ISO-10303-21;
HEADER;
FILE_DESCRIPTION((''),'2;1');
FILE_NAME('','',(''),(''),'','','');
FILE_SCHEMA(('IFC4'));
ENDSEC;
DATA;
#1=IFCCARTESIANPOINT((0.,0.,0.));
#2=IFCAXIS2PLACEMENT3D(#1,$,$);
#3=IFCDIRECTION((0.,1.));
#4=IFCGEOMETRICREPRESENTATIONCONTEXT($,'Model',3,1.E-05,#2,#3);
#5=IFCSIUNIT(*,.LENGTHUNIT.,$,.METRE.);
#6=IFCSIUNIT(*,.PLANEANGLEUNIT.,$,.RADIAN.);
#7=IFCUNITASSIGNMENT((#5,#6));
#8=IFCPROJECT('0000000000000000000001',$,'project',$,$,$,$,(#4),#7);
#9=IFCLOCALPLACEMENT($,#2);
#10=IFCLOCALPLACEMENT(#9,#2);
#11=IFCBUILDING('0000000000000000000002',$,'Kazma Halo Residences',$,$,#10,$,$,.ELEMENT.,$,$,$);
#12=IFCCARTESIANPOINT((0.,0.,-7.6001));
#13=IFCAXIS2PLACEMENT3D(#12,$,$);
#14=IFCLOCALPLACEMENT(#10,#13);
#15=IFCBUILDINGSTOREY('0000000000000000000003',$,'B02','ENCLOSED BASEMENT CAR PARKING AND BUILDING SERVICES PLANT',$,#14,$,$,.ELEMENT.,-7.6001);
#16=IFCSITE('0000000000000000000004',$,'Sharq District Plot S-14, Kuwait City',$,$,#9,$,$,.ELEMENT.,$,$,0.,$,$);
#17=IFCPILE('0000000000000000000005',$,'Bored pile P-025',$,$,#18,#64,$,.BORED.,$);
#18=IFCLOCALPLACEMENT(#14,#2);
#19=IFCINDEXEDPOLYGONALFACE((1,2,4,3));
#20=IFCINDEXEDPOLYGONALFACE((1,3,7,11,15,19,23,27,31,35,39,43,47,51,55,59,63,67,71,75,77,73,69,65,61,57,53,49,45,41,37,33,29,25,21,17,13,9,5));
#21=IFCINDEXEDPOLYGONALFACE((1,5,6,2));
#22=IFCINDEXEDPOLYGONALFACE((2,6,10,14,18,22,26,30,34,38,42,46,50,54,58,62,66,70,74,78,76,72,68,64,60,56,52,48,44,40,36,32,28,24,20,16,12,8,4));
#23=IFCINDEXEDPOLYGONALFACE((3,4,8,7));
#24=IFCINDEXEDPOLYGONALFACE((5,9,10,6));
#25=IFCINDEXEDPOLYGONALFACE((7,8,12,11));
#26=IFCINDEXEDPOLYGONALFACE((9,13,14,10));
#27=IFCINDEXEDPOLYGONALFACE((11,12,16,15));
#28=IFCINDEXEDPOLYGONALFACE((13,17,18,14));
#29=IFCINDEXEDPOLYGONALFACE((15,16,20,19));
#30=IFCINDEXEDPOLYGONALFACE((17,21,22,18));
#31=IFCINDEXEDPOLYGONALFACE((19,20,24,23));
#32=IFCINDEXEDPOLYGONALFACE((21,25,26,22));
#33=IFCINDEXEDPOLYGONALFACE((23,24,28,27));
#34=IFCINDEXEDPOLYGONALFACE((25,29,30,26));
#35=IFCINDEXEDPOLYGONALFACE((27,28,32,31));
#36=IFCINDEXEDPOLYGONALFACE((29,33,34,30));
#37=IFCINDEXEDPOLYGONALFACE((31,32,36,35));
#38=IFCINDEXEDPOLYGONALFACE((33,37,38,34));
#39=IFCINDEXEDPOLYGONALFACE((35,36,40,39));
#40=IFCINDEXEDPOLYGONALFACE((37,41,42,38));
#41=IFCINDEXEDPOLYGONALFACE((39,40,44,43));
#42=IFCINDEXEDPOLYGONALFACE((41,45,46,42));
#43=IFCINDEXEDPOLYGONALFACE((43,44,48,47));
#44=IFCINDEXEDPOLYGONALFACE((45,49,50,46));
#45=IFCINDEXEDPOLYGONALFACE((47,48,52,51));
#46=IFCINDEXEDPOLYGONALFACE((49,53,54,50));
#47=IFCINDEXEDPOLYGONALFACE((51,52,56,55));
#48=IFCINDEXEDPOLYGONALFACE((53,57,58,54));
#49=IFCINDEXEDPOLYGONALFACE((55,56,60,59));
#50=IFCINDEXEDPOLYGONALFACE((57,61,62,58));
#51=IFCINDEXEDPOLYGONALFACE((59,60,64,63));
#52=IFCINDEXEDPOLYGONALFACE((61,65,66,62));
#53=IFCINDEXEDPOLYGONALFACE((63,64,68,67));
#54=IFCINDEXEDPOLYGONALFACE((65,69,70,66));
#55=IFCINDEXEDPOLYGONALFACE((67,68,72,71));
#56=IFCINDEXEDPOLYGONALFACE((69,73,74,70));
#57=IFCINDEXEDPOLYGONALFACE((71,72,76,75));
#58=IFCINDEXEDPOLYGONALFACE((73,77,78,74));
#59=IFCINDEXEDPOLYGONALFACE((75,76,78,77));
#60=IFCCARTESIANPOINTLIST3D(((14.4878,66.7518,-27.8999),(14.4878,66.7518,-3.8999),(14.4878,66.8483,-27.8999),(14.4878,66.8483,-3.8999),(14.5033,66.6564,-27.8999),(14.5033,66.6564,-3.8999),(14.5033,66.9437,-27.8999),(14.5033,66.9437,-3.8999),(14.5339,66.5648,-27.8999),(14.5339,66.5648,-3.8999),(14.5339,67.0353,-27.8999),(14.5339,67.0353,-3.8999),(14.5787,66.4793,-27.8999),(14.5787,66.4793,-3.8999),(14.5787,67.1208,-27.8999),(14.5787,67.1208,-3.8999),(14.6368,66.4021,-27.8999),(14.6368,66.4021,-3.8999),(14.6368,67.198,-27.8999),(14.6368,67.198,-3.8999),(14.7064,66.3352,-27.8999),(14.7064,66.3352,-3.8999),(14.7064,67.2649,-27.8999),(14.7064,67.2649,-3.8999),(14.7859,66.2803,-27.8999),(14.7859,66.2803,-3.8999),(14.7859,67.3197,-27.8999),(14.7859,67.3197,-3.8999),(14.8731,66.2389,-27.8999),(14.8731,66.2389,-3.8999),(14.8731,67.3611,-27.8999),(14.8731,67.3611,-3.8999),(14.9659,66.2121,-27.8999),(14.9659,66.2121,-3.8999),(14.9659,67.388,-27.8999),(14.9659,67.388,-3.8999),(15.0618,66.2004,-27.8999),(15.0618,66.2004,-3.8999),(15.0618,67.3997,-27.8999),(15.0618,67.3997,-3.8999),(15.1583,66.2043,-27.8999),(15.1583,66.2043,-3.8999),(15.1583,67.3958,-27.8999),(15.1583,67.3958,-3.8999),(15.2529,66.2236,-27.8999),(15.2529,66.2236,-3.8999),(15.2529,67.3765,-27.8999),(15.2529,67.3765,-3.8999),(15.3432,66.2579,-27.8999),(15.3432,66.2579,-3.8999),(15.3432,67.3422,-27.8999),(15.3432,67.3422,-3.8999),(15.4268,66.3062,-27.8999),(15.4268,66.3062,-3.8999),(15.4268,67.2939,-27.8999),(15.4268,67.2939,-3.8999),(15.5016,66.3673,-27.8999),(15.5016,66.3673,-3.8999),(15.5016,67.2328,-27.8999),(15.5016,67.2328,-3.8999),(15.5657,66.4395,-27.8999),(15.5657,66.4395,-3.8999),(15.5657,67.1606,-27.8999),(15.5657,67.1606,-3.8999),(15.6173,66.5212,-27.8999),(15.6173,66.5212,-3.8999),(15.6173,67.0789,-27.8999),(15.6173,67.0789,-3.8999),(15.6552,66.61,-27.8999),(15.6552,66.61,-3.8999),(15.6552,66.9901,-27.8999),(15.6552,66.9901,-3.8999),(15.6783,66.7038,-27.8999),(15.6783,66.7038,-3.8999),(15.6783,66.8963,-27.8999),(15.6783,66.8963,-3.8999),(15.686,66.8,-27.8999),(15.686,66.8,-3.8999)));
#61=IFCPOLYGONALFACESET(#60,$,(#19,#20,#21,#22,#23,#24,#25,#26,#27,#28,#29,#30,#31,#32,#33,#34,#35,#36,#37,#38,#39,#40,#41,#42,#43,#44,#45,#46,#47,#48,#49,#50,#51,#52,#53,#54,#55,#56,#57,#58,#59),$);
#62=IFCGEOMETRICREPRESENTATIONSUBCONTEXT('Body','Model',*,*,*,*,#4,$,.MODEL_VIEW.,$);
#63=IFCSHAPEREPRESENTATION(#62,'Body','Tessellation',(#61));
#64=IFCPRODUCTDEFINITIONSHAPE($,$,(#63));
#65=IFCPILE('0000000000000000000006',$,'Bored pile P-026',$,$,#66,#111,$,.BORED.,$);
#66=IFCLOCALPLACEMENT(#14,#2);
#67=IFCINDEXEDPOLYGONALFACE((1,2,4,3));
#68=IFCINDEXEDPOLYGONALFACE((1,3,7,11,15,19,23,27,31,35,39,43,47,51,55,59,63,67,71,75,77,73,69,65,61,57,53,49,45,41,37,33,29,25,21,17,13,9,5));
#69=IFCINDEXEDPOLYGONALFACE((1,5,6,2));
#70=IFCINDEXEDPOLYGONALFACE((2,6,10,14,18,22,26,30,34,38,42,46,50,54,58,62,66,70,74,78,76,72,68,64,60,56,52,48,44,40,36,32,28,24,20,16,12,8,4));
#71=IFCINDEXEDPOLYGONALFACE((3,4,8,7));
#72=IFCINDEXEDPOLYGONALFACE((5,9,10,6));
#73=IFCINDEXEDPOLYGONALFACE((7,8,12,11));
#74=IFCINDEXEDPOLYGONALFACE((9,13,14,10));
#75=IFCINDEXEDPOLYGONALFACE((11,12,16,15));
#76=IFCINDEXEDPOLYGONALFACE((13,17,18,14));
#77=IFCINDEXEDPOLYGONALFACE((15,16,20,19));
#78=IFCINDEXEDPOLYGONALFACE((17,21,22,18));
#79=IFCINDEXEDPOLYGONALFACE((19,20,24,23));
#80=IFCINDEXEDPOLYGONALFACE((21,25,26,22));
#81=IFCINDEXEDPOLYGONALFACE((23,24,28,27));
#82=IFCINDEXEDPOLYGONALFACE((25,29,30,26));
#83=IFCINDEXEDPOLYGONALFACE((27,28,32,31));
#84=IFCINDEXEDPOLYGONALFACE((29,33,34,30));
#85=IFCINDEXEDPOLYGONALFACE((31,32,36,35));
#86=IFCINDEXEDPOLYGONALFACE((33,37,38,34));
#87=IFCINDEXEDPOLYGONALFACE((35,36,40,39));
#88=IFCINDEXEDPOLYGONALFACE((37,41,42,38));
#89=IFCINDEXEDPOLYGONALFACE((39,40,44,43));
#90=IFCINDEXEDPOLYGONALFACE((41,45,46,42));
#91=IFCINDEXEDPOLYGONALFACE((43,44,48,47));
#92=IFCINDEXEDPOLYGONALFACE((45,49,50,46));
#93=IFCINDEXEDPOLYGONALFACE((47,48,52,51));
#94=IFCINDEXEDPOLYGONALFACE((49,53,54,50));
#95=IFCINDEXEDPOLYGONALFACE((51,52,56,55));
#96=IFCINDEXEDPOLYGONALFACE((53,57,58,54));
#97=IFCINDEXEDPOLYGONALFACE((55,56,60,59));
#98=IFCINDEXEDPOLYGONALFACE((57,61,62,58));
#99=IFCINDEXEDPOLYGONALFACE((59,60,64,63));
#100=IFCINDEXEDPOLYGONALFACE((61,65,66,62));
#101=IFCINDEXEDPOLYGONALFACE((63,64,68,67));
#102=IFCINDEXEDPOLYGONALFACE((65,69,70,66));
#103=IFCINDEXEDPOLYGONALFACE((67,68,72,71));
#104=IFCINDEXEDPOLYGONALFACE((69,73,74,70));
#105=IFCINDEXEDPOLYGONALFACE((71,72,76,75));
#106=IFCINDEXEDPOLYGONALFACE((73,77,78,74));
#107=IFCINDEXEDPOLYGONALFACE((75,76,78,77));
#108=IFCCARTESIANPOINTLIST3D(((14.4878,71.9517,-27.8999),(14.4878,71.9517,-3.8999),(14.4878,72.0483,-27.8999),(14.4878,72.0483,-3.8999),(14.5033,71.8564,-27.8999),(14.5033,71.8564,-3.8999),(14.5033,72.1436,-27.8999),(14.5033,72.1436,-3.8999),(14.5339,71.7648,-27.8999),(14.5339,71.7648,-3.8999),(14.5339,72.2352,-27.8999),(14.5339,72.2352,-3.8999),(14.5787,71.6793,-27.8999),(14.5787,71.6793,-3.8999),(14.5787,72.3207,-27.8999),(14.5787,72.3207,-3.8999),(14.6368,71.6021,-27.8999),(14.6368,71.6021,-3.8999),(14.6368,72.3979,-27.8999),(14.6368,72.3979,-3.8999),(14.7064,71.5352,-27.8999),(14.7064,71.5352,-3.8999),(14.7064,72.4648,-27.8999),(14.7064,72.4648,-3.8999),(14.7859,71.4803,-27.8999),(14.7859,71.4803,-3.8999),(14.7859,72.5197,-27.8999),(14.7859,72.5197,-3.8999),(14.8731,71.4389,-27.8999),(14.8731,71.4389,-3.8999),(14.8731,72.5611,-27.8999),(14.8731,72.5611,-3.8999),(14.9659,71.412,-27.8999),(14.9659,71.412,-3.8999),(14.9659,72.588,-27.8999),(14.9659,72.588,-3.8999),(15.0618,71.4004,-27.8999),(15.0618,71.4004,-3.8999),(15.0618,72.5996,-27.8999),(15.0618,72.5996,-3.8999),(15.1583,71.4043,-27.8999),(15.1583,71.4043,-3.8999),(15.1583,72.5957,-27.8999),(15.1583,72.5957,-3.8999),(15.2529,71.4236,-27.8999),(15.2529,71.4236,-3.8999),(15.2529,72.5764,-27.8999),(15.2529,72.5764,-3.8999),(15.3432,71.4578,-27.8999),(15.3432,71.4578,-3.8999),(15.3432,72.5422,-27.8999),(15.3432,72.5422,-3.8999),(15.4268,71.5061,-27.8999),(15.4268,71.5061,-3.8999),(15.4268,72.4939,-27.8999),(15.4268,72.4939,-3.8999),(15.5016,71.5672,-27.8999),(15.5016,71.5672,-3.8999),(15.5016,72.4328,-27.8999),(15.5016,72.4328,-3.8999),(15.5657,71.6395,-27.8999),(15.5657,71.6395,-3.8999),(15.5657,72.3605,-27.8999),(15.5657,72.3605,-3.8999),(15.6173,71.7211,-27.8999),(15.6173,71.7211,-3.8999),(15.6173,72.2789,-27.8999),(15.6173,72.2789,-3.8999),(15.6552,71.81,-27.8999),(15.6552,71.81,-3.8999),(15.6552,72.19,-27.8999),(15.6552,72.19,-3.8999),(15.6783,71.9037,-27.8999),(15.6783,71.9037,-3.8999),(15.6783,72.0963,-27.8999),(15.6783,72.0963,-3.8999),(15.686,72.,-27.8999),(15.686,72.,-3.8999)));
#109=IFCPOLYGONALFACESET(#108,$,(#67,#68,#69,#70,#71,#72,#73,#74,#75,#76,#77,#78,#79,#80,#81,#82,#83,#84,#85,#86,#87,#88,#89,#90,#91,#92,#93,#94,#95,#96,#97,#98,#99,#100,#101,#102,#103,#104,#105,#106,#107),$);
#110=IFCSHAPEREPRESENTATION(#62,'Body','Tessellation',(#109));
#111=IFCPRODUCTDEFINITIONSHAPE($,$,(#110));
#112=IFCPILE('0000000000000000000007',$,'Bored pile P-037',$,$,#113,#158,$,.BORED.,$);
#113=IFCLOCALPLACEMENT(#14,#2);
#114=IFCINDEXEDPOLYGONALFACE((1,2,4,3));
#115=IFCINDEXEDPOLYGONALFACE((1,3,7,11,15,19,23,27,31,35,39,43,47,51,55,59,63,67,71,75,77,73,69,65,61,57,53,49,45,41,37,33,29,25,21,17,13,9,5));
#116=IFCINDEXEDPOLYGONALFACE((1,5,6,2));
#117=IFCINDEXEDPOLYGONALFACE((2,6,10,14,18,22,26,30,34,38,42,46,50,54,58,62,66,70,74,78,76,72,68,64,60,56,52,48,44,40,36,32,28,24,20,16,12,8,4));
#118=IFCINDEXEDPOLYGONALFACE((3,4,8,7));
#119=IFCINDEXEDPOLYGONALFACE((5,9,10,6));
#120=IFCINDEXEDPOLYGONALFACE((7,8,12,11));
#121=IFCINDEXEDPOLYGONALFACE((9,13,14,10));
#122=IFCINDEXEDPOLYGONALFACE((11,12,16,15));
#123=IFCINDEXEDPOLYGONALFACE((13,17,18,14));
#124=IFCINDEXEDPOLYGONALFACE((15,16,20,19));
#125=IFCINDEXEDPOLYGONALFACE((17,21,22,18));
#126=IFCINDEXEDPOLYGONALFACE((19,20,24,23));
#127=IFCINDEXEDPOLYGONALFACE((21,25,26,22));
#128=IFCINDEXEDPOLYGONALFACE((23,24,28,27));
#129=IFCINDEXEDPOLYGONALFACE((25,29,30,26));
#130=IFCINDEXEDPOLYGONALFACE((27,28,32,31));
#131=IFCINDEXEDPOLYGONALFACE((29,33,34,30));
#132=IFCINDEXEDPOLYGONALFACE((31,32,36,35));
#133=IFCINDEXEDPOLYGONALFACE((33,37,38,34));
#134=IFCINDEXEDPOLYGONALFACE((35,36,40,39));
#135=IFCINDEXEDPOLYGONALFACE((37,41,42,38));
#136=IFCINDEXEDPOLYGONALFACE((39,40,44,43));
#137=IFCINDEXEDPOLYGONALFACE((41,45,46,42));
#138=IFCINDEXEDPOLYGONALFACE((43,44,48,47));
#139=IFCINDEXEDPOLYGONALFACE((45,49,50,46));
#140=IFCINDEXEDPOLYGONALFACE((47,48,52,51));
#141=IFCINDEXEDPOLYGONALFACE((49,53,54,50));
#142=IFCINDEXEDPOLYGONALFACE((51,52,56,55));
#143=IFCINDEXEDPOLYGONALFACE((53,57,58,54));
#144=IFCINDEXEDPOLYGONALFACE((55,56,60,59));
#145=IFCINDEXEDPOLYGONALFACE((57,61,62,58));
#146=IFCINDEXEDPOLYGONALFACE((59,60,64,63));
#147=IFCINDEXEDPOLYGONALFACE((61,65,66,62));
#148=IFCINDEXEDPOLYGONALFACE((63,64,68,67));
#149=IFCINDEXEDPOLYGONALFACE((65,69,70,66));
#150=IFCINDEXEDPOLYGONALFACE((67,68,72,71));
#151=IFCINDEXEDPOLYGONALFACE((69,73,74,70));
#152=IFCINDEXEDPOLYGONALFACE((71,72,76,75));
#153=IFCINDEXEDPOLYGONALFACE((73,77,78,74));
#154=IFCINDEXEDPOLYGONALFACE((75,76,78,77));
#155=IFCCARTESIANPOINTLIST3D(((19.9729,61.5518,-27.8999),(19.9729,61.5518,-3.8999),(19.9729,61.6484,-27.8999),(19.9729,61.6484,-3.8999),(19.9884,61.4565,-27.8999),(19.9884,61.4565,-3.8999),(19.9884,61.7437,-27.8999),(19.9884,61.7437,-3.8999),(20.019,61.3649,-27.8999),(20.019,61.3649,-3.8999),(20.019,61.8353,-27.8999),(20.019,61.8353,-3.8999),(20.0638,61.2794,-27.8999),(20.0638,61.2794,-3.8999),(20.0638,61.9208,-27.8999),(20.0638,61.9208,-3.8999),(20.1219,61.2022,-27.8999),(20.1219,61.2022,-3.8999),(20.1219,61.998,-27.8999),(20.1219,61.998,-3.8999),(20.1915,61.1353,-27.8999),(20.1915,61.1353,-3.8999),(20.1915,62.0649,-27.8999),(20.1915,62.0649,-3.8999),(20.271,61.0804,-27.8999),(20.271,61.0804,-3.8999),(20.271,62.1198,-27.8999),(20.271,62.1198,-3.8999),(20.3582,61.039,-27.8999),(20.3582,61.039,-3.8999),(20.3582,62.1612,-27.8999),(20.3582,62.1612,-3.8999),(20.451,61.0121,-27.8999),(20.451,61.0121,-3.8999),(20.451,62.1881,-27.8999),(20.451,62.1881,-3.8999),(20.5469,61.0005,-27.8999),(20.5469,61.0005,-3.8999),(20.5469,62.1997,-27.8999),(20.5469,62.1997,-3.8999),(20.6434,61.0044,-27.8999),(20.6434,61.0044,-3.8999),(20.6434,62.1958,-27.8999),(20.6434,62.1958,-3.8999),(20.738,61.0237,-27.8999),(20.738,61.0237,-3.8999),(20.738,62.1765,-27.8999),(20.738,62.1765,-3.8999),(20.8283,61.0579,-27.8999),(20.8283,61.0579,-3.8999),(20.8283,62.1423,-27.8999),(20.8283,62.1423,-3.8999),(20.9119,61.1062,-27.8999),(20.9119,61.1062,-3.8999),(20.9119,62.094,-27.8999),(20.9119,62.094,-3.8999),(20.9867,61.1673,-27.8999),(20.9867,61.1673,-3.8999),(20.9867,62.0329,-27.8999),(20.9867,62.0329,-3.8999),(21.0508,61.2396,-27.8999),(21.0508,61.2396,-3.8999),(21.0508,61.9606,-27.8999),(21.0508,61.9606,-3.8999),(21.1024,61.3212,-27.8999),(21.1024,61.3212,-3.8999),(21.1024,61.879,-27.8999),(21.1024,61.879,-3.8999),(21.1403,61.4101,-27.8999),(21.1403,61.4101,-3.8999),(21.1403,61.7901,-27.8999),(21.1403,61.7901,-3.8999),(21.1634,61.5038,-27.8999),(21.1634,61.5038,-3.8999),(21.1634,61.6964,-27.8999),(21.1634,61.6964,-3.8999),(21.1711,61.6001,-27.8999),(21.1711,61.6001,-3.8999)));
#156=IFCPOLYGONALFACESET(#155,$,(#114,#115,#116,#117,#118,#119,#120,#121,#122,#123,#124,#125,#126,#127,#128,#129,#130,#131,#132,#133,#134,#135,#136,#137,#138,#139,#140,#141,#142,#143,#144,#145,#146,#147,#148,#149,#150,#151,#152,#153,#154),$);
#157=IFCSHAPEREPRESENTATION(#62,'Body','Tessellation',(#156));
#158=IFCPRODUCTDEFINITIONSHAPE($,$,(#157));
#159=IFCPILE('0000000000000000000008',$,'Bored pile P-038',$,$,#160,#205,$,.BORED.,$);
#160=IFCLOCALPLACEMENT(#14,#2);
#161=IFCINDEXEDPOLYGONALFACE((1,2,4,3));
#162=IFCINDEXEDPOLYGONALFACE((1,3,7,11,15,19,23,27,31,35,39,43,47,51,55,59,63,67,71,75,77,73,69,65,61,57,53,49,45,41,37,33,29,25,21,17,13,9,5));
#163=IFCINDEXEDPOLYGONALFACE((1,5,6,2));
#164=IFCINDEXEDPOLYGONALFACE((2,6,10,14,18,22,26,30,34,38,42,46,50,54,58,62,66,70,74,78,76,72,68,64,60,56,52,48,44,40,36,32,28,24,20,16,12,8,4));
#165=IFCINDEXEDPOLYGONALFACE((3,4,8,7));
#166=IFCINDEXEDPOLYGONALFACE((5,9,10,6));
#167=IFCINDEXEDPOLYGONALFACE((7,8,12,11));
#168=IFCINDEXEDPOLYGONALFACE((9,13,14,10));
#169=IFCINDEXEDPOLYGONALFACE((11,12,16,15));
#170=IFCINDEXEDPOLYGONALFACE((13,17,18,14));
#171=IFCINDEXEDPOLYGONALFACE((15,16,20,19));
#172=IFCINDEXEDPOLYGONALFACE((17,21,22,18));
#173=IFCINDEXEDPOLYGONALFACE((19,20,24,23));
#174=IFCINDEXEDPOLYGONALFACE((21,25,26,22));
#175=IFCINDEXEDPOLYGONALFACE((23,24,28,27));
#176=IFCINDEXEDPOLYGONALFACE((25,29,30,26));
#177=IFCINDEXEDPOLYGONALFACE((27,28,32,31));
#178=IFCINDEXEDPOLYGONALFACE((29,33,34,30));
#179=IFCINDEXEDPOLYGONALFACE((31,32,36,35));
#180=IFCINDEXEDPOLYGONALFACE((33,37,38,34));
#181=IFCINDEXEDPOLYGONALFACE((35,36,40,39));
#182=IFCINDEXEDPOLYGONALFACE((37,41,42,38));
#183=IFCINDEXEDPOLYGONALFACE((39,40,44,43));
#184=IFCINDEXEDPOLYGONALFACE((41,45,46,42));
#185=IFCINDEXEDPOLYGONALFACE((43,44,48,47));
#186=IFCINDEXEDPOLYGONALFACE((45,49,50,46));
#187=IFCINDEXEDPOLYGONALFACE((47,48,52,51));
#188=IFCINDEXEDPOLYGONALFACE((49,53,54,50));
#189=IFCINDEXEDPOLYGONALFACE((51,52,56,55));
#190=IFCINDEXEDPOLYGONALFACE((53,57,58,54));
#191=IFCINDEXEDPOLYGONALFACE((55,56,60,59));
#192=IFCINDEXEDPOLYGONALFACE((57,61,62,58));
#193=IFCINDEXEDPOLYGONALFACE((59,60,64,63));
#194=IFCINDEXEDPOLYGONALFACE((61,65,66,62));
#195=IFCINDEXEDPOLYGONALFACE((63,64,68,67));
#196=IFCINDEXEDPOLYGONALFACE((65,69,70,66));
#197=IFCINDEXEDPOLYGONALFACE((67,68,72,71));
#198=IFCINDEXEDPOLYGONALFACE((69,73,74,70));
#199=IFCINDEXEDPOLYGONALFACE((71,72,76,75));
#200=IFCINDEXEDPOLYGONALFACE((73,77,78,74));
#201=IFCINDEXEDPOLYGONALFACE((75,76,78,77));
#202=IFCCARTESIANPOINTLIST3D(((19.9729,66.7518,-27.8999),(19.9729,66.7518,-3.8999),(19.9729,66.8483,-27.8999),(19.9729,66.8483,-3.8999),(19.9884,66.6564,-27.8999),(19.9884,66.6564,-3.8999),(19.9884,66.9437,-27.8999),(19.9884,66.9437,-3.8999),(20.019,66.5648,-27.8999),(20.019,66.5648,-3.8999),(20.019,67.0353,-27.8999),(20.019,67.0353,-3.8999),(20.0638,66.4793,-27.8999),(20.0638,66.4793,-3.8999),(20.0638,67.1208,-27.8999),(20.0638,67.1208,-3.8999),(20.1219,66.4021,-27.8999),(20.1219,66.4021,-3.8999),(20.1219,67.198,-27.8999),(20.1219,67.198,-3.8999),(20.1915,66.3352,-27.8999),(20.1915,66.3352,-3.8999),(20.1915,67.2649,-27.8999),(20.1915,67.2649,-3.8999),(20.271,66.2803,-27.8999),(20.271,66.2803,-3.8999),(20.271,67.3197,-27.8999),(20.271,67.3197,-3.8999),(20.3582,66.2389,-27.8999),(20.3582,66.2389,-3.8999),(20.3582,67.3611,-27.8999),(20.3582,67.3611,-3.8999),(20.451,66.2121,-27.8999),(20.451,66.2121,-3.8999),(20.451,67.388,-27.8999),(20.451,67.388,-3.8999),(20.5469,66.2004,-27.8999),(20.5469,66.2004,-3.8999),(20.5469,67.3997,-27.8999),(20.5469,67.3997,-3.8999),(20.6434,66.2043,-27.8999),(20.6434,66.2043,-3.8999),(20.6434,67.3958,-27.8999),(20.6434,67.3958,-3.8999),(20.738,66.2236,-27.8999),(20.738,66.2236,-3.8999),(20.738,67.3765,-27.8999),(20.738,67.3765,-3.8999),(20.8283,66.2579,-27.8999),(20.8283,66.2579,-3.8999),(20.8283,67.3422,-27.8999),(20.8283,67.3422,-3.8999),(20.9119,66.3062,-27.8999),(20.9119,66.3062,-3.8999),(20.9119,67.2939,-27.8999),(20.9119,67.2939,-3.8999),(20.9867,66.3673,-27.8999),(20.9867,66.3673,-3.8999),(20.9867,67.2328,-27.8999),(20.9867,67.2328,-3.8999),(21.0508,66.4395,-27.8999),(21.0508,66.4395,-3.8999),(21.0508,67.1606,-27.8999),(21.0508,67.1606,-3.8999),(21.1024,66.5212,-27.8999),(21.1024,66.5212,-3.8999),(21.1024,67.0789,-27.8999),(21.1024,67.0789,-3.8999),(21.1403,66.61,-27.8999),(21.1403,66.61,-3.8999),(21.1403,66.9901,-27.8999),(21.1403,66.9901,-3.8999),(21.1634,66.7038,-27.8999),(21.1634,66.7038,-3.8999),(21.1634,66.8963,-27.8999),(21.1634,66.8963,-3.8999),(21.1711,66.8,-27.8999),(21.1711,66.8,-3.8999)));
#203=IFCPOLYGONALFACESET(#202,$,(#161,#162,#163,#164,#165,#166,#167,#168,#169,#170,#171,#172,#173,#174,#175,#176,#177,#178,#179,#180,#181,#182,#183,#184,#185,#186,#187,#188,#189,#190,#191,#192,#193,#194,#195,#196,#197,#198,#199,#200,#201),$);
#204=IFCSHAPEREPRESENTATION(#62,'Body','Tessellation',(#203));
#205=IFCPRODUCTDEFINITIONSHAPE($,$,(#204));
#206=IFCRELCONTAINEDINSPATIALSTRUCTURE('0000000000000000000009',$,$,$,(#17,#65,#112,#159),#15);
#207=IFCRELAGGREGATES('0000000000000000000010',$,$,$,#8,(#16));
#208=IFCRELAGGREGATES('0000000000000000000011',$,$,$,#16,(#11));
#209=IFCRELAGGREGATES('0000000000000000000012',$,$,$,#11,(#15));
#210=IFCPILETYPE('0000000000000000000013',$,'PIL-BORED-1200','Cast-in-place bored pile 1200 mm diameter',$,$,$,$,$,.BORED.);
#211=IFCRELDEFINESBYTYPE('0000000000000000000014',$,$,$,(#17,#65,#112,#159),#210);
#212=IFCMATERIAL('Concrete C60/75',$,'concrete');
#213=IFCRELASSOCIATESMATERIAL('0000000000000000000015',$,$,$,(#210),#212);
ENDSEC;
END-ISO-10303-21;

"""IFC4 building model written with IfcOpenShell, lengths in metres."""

from ifc_helpers import new_model, si_unit, direction, frame, origin, origin_2d, place, context, subcontext, project, spatial, circle, extrude, material, material_profile, profile_set, type_object, element, save


model = new_model("IFC4")

# Units and contexts
model_context = context("Model", 3, precision=1e-05, world=origin(), true_north=direction((0.0, 1.0)))
body_context = subcontext(model_context, "Body", "Model", "MODEL_VIEW")
ifc_project = project(units=[si_unit("LENGTHUNIT", "METRE"), si_unit("PLANEANGLEUNIT", "RADIAN")], contexts=[model_context])

# Site, building, storey
site_placement = place(None, origin())
site = spatial("IfcSite", under=ifc_project, at=site_placement, Name="Sharq District Plot S-14, Kuwait City", CompositionType="ELEMENT", RefElevation=0.0)
building_placement = place(site_placement, origin())
building = spatial("IfcBuilding", under=site, at=building_placement, Name="Kazma Halo Residences", CompositionType="ELEMENT")
storey_placement = place(building_placement, frame((0.0, 0.0, -7.6001)))
storey = spatial("IfcBuildingStorey", under=building, at=storey_placement, Name="B02", Description="ENCLOSED BASEMENT CAR PARKING AND BUILDING SERVICES PLANT", CompositionType="ELEMENT", Elevation=-7.6001)

# Piles
ifc_material_1 = material(Name="Concrete C60/75", Category="concrete")
ifc_material_profile_1 = material_profile(ifc_material_1, circle(Radius=0.6001, at=origin_2d()), Name="CIRC1200")
ifc_profile_set_1 = profile_set([ifc_material_profile_1], Name="Concrete C60/75")
pile_type = type_object("IfcPileType", Name="PIL-BORED-1200", Description="Cast-in-place bored pile 1200 mm diameter", PredefinedType="BORED", material=ifc_profile_set_1)
for number, where, z_axis, x_axis, name in (
    (1, (15.0859, 66.8, -3.8999), (0.0, 0.0, -1.0), (1.0, 0.0, 0.0), "Bored pile P-025"),
    (2, (15.0859, 72.0, -3.8999), (0.0, 0.0, -1.0), (1.0, 0.0, 0.0), "Bored pile P-026"),
    (3, (20.571, 61.6001, -3.8999), (0.0, 0.0, -1.0), (1.0, 0.0, 0.0), "Bored pile P-037"),
    (4, (20.571, 66.8, -3.8999), (0.0, 0.0, -1.0), (1.0, 0.0, 0.0), "Bored pile P-038"),
):
    element("IfcPile", number, at=place(storey_placement, frame(where, z_axis=z_axis, x_axis=x_axis)), inside=storey, type_object=pile_type, Name=name, PredefinedType="BORED", context=body_context, shape_type="SweptSolid", body=[
        extrude(circle(Radius=0.6001, at=origin_2d()), origin(), (0.0, 0.0, 1.0), 24.0),
    ])

save(model, "model.ifc")
